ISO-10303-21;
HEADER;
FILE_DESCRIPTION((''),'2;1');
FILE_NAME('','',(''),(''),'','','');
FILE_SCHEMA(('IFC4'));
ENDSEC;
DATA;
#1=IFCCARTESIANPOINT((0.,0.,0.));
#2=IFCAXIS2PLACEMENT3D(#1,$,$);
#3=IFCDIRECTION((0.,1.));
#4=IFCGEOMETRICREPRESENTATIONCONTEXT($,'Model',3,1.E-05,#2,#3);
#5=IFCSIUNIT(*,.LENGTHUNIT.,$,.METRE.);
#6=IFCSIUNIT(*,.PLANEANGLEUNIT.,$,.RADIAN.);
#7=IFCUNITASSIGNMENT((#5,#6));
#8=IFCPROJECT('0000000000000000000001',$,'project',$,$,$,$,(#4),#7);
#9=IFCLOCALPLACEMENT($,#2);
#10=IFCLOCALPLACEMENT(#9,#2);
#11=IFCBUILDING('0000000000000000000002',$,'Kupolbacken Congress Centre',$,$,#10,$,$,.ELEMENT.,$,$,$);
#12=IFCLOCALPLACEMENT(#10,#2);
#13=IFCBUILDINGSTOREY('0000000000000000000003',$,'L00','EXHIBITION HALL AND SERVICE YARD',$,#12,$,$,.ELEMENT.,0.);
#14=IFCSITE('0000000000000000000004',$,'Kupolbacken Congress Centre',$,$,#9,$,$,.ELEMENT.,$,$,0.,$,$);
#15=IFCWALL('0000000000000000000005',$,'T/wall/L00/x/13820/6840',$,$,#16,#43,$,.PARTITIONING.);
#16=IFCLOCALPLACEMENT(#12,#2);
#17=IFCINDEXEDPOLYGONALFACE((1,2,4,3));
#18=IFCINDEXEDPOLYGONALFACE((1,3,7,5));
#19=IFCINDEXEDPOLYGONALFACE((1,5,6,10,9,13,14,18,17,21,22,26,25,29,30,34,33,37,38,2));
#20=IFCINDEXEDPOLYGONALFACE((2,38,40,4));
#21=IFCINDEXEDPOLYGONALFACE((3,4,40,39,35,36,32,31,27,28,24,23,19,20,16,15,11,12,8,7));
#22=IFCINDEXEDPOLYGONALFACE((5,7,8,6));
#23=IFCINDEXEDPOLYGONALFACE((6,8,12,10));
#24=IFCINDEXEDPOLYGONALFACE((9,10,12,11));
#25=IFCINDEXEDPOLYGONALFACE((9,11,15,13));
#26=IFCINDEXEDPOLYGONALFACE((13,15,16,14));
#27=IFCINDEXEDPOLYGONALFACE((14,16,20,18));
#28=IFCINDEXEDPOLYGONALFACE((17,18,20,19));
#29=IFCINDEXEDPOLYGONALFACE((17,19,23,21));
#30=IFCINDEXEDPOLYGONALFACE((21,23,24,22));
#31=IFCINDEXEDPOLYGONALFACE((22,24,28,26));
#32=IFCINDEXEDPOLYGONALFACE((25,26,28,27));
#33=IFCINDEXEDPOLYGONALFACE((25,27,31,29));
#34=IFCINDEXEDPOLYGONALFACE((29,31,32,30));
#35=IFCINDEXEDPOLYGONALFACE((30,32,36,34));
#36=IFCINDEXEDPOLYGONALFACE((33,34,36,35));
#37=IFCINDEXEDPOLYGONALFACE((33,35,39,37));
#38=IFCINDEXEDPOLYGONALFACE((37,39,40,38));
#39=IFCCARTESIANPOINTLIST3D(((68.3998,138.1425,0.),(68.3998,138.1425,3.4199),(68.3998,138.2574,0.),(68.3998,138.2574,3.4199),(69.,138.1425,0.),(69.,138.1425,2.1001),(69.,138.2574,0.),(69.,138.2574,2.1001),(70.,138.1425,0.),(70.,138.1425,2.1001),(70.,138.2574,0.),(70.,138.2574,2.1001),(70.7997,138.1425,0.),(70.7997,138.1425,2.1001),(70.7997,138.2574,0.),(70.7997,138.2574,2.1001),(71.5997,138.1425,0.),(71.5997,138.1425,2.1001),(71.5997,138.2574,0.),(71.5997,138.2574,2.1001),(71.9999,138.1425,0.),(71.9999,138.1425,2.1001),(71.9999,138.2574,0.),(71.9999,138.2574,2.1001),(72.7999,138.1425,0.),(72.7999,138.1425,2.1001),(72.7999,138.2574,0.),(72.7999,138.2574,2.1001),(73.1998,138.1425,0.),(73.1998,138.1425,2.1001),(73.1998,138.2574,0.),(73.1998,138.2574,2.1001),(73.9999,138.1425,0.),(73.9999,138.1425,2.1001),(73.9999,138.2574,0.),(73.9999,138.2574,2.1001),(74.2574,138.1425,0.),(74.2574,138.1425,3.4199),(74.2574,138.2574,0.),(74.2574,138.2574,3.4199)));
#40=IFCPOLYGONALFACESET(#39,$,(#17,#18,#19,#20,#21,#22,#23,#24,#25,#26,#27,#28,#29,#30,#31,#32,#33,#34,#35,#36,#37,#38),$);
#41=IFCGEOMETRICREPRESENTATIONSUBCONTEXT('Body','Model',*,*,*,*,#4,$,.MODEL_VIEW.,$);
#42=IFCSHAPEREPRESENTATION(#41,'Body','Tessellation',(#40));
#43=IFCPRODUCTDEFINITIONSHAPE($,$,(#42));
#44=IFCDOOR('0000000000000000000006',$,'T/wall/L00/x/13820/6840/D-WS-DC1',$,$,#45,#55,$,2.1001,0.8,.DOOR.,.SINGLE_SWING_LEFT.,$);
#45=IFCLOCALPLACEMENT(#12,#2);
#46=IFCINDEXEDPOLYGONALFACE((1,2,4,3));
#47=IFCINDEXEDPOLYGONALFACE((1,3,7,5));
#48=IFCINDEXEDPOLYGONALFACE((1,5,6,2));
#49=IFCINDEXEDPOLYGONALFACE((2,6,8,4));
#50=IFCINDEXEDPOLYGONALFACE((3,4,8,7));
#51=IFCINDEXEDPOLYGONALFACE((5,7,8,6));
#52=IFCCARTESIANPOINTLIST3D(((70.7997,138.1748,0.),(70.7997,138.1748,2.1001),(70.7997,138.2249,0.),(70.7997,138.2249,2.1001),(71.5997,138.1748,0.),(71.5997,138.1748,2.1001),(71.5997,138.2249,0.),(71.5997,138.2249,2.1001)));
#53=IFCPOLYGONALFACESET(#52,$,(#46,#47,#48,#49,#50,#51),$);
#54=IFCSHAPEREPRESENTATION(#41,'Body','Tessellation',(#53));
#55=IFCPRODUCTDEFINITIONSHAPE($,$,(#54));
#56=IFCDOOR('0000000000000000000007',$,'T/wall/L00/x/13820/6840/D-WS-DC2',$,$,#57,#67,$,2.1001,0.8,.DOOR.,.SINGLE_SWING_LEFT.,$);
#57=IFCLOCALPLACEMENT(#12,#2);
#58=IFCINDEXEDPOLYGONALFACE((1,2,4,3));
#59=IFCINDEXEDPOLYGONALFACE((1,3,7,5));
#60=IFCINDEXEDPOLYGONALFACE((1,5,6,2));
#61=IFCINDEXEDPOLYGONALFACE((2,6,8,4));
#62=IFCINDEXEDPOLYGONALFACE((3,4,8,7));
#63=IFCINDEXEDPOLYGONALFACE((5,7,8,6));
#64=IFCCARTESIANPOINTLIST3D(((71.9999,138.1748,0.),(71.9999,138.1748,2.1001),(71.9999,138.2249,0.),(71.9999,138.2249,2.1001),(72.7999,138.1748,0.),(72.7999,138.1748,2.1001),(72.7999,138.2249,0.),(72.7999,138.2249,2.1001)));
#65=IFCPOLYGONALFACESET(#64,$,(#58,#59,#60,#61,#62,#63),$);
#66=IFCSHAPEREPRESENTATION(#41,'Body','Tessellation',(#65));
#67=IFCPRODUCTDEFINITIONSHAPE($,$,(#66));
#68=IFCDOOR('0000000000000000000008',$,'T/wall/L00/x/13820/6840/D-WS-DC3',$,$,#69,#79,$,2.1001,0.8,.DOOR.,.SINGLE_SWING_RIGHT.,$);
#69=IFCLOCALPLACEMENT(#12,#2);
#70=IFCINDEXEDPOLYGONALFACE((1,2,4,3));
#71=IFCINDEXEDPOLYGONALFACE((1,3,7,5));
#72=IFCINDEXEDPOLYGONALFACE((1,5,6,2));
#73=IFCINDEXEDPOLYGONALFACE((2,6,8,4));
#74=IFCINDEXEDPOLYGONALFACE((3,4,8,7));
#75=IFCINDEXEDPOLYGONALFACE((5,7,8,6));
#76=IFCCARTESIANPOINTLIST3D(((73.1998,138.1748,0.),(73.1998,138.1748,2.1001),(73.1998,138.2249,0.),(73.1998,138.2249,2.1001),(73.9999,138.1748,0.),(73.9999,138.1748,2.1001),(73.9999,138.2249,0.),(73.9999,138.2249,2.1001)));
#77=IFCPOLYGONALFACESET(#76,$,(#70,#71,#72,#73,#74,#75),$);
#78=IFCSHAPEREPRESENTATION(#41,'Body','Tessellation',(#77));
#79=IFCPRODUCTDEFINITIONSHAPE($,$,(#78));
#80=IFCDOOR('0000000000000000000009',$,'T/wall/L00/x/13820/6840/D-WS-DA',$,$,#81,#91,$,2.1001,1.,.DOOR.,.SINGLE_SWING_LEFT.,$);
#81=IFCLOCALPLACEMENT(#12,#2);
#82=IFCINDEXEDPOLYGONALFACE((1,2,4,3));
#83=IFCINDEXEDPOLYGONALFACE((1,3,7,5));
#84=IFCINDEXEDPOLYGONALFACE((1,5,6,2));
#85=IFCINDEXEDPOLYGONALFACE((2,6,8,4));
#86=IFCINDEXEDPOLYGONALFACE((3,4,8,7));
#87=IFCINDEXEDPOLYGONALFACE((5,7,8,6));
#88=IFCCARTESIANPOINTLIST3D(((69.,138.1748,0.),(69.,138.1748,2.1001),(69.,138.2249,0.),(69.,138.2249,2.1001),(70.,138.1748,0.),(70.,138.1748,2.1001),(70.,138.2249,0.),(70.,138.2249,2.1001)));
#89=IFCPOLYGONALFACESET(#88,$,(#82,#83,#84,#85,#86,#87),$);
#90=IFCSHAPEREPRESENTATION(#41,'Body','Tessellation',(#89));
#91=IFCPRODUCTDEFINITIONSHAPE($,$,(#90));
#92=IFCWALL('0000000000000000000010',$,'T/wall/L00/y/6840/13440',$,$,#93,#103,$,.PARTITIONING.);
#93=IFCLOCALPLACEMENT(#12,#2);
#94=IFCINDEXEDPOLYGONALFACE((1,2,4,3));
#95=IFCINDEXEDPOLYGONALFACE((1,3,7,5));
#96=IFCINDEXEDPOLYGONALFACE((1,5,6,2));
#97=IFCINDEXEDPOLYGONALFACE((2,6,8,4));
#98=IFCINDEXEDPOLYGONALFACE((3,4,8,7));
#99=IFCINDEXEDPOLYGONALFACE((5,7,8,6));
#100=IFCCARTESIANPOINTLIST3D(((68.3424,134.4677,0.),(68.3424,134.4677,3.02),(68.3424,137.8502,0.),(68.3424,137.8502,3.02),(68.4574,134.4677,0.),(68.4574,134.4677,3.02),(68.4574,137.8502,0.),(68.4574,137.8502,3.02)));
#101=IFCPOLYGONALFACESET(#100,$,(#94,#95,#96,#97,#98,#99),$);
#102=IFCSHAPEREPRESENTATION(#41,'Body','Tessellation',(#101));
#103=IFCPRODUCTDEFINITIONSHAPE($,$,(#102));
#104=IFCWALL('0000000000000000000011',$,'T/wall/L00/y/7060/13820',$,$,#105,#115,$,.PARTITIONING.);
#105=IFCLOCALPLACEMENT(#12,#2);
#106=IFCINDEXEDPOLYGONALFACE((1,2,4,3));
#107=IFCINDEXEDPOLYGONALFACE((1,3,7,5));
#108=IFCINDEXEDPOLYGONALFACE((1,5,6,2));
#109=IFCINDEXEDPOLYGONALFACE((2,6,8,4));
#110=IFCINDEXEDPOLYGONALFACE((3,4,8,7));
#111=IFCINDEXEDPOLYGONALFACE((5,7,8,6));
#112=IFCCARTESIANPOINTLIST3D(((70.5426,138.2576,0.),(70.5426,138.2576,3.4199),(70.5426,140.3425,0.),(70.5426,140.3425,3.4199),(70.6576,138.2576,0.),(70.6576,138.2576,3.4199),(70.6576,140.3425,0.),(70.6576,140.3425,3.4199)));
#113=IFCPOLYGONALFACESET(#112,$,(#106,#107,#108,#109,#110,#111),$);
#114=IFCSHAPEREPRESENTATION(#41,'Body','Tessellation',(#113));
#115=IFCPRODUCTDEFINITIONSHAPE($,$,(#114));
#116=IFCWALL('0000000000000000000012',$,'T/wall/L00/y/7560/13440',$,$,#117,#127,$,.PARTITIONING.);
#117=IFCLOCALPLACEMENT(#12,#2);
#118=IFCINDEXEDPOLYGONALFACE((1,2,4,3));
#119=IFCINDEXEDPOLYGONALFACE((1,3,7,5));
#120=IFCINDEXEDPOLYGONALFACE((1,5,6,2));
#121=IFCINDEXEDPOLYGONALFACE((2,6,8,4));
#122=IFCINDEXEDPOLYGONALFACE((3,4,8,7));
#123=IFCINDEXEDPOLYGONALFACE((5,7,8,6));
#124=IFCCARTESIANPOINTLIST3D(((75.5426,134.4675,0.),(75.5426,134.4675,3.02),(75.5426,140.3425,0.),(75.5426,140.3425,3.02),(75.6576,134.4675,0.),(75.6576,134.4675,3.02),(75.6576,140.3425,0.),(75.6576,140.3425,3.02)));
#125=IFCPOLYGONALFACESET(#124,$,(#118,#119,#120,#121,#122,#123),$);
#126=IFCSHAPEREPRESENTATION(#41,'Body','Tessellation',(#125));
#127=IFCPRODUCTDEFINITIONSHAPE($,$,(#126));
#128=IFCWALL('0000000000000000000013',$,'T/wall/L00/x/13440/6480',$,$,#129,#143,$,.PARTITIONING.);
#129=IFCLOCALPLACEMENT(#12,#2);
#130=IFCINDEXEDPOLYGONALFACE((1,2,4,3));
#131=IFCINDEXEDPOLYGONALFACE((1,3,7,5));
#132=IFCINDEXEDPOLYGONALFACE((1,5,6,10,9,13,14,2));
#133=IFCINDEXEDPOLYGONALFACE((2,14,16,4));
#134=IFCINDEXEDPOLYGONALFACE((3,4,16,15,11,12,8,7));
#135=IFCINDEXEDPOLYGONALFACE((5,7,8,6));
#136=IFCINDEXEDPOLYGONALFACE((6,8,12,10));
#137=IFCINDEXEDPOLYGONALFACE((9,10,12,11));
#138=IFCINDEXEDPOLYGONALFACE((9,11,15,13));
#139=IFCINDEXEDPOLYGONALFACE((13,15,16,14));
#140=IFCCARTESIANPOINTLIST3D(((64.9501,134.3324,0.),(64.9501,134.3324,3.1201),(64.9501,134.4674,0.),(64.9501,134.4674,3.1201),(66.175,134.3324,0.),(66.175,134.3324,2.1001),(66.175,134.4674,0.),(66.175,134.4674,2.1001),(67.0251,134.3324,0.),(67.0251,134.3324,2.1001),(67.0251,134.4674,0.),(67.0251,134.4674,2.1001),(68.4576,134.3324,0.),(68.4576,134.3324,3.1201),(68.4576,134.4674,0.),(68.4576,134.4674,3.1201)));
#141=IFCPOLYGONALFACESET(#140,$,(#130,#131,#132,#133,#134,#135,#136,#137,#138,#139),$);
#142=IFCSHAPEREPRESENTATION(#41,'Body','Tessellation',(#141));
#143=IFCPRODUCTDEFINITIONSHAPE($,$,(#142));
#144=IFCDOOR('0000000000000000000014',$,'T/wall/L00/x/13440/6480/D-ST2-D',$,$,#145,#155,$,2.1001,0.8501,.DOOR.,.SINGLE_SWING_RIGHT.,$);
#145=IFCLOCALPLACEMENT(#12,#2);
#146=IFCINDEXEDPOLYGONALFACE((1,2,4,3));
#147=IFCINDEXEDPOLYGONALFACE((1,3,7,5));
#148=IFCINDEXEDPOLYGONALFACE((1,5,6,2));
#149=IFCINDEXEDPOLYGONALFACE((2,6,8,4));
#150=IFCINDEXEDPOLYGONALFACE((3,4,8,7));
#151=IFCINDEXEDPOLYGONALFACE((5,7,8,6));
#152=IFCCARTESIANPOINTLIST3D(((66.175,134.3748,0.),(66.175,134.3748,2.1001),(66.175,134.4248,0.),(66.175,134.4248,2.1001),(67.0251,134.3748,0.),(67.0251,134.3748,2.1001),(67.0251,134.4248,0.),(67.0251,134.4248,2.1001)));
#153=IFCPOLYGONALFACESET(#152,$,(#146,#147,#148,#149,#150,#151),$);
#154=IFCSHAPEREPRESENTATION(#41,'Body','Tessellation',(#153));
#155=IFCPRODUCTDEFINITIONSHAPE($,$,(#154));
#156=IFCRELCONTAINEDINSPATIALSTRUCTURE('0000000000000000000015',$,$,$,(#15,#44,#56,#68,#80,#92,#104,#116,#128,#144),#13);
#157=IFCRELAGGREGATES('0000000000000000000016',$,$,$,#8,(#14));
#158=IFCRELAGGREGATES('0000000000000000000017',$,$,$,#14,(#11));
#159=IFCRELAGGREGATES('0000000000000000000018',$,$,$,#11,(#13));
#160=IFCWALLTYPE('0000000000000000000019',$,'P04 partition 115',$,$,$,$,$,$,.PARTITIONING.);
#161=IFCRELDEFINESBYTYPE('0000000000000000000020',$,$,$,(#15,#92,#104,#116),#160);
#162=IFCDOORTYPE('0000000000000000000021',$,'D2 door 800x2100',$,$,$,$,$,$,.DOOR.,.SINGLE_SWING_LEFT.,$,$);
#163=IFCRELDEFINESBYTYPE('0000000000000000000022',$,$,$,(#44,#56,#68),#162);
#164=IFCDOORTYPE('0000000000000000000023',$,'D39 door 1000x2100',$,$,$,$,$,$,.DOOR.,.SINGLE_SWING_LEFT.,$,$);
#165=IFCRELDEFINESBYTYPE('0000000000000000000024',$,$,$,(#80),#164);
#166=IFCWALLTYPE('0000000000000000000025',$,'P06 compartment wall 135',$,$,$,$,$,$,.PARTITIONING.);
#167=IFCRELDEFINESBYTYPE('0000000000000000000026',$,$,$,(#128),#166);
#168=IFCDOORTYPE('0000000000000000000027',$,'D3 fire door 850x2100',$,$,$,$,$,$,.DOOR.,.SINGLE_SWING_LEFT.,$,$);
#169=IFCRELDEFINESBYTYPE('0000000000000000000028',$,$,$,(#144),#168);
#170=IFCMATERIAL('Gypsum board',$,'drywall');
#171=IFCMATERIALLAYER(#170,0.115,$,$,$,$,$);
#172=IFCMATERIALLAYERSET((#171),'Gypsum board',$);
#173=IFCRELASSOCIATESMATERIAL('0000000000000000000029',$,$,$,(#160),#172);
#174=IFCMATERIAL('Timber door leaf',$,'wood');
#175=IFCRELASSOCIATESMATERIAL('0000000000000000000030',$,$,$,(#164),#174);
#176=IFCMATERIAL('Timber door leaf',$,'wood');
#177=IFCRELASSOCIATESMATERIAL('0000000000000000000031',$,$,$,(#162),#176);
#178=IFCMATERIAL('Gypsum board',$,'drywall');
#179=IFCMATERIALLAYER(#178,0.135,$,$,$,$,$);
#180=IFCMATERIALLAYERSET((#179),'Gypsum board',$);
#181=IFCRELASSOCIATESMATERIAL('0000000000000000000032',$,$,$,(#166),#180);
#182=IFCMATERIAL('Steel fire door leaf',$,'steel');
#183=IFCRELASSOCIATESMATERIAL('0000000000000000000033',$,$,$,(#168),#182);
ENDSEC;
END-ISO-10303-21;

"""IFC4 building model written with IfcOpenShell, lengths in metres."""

from ifc_helpers import new_model, si_unit, direction, frame, frame_2d, origin, place, context, subcontext, project, spatial, rectangle, extrude, material, layer, layer_set, type_object, element, fill, save


model = new_model("IFC4")

# Units and contexts
model_context = context("Model", 3, precision=1e-05, world=origin(), true_north=direction((0.0, 1.0)))
body_context = subcontext(model_context, "Body", "Model", "MODEL_VIEW")
ifc_project = project(units=[si_unit("LENGTHUNIT", "METRE"), si_unit("PLANEANGLEUNIT", "RADIAN")], contexts=[model_context])

# Site, building, storey
site_placement = place(None, origin())
site = spatial("IfcSite", under=ifc_project, at=site_placement, Name="Kupolbacken Congress Centre", CompositionType="ELEMENT", RefElevation=0.0)
building_placement = place(site_placement, origin())
building = spatial("IfcBuilding", under=site, at=building_placement, Name="Kupolbacken Congress Centre", CompositionType="ELEMENT")
storey_placement = place(building_placement, origin())
storey = spatial("IfcBuildingStorey", under=building, at=storey_placement, Name="L00", Description="EXHIBITION HALL AND SERVICE YARD", CompositionType="ELEMENT", Elevation=0.0)

# Shared definitions
ifc_material_1 = material(Name="Gypsum board", Category="drywall")
ifc_layer_1 = layer(ifc_material_1, 0.115)
ifc_layer_set_1 = layer_set([ifc_layer_1], Name="Gypsum board")
wall_type_1 = type_object("IfcWallType", Name="P04 partition 115", PredefinedType="PARTITIONING", material=ifc_layer_set_1)
ifc_material_2 = material(Name="Timber door leaf", Category="wood")
door_type_1 = type_object("IfcDoorType", Name="D39 door 1000x2100", OperationType="SINGLE_SWING_LEFT", PredefinedType="DOOR", material=ifc_material_2)

# Wall, openings, doors
wall_1_placement = place(storey_placement, frame((68.3999, 138.2, 0.0), z_axis=(0.0, 0.0, 1.0), x_axis=(1.0, 0.0, 0.0)))
wall_1 = element("IfcWall", 1, at=wall_1_placement, inside=storey, type_object=wall_type_1, Name="T/wall/L00/x/13820/6840", PredefinedType="PARTITIONING", context=body_context, shape_type="SweptSolid", body=[
    extrude(rectangle(XDim=5.8577, YDim=0.115, at=frame_2d((2.9287, 0.0))), origin(), (0.0, 0.0, 1.0), 3.4199),
])
opening_1_placement = place(wall_1_placement, frame((0.6001, 0.0, 0.0)))
opening_1 = element("IfcOpeningElement", 2, at=opening_1_placement, cuts=wall_1, PredefinedType="OPENING", context=body_context, shape_type="SweptSolid", body=[
    extrude(rectangle(XDim=1.0, YDim=2.1001, at=frame_2d((0.5, 1.05))), frame((0.0, 0.0674, 0.0), z_axis=(0.0, -1.0, 0.0), x_axis=(1.0, 0.0, 0.0)), (0.0, 0.0, 1.0), 0.135),
])
opening_2_placement = place(wall_1_placement, frame((2.3999, 0.0, 0.0)))
opening_2 = element("IfcOpeningElement", 3, at=opening_2_placement, cuts=wall_1, PredefinedType="OPENING", context=body_context, shape_type="SweptSolid", body=[
    extrude(rectangle(XDim=0.8, YDim=2.1001, at=frame_2d((0.3999, 1.05))), frame((0.0, 0.0674, 0.0), z_axis=(0.0, -1.0, 0.0), x_axis=(1.0, 0.0, 0.0)), (0.0, 0.0, 1.0), 0.135),
])
opening_3_placement = place(wall_1_placement, frame((3.6001, 0.0, 0.0)))
opening_3 = element("IfcOpeningElement", 4, at=opening_3_placement, cuts=wall_1, PredefinedType="OPENING", context=body_context, shape_type="SweptSolid", body=[
    extrude(rectangle(XDim=0.8, YDim=2.1001, at=frame_2d((0.3999, 1.05))), frame((0.0, 0.0674, 0.0), z_axis=(0.0, -1.0, 0.0), x_axis=(1.0, 0.0, 0.0)), (0.0, 0.0, 1.0), 0.135),
])
opening_4_placement = place(wall_1_placement, frame((4.8, 0.0, 0.0)))
opening_4 = element("IfcOpeningElement", 5, at=opening_4_placement, cuts=wall_1, PredefinedType="OPENING", context=body_context, shape_type="SweptSolid", body=[
    extrude(rectangle(XDim=0.8, YDim=2.1001, at=frame_2d((0.3999, 1.05))), frame((0.0, 0.0674, 0.0), z_axis=(0.0, -1.0, 0.0), x_axis=(1.0, 0.0, 0.0)), (0.0, 0.0, 1.0), 0.135),
])
ifc_material_3 = material(Name="Timber door leaf", Category="wood")
door_type_2 = type_object("IfcDoorType", Name="D2 door 800x2100", OperationType="SINGLE_SWING_LEFT", PredefinedType="DOOR", material=ifc_material_3)
door_1_placement = place(opening_2_placement, origin())
door_1 = element("IfcDoor", 6, at=door_1_placement, inside=storey, type_object=door_type_2, Name="T/wall/L00/x/13820/6840/D-WS-DC1", OperationType="SINGLE_SWING_LEFT", OverallHeight=2.1001, OverallWidth=0.8, PredefinedType="DOOR", context=body_context, shape_type="SweptSolid", body=[
    extrude(rectangle(XDim=0.8, YDim=2.1001, at=frame_2d((0.3999, 1.05))), frame((0.0, 0.0249, 0.0), z_axis=(0.0, -1.0, 0.0), x_axis=(1.0, 0.0, 0.0)), (0.0, 0.0, 1.0), 0.05),
])
fill(opening_2, door_1)
door_2_placement = place(opening_3_placement, origin())
door_2 = element("IfcDoor", 7, at=door_2_placement, inside=storey, type_object=door_type_2, Name="T/wall/L00/x/13820/6840/D-WS-DC2", OperationType="SINGLE_SWING_LEFT", OverallHeight=2.1001, OverallWidth=0.8, PredefinedType="DOOR", context=body_context, shape_type="SweptSolid", body=[
    extrude(rectangle(XDim=0.8, YDim=2.1001, at=frame_2d((0.3999, 1.05))), frame((0.0, 0.0249, 0.0), z_axis=(0.0, -1.0, 0.0), x_axis=(1.0, 0.0, 0.0)), (0.0, 0.0, 1.0), 0.05),
])
fill(opening_3, door_2)
door_3_placement = place(opening_4_placement, origin())
door_3 = element("IfcDoor", 8, at=door_3_placement, inside=storey, type_object=door_type_2, Name="T/wall/L00/x/13820/6840/D-WS-DC3", OperationType="SINGLE_SWING_RIGHT", OverallHeight=2.1001, OverallWidth=0.8, PredefinedType="DOOR", context=body_context, shape_type="SweptSolid", body=[
    extrude(rectangle(XDim=0.8, YDim=2.1001, at=frame_2d((0.3999, 1.05))), frame((0.0, 0.0249, 0.0), z_axis=(0.0, -1.0, 0.0), x_axis=(1.0, 0.0, 0.0)), (0.0, 0.0, 1.0), 0.05),
])
fill(opening_4, door_3)
door_4_placement = place(opening_1_placement, origin())
door_4 = element("IfcDoor", 9, at=door_4_placement, inside=storey, type_object=door_type_1, Name="T/wall/L00/x/13820/6840/D-WS-DA", OperationType="SINGLE_SWING_LEFT", OverallHeight=2.1001, OverallWidth=1.0, PredefinedType="DOOR", context=body_context, shape_type="SweptSolid", body=[
    extrude(rectangle(XDim=1.0, YDim=2.1001, at=frame_2d((0.5, 1.05))), frame((0.0, 0.0249, 0.0), z_axis=(0.0, -1.0, 0.0), x_axis=(1.0, 0.0, 0.0)), (0.0, 0.0, 1.0), 0.05),
])
fill(opening_1, door_4)

# Walls
wall_2_placement = place(storey_placement, frame((68.3999, 134.4675, 0.0), z_axis=(0.0, 0.0, 1.0), x_axis=(0.0, 1.0, 0.0)))
element("IfcWall", 10, at=wall_2_placement, inside=storey, type_object=wall_type_1, Name="T/wall/L00/y/6840/13440", PredefinedType="PARTITIONING", context=body_context, shape_type="SweptSolid", body=[
    extrude(rectangle(XDim=3.3826, YDim=0.115, at=frame_2d((1.6914, 0.0))), origin(), (0.0, 0.0, 1.0), 3.02),
])
wall_3_placement = place(storey_placement, frame((70.6001, 138.2576, 0.0), z_axis=(0.0, 0.0, 1.0), x_axis=(0.0, 1.0, 0.0)))
element("IfcWall", 11, at=wall_3_placement, inside=storey, type_object=wall_type_1, Name="T/wall/L00/y/7060/13820", PredefinedType="PARTITIONING", context=body_context, shape_type="SweptSolid", body=[
    extrude(rectangle(XDim=2.085, YDim=0.115, at=frame_2d((1.0425, 0.0))), origin(), (0.0, 0.0, 1.0), 3.4199),
])
wall_4_placement = place(storey_placement, frame((75.6001, 134.4675, 0.0), z_axis=(0.0, 0.0, 1.0), x_axis=(0.0, 1.0, 0.0)))
element("IfcWall", 12, at=wall_4_placement, inside=storey, type_object=wall_type_1, Name="T/wall/L00/y/7560/13440", PredefinedType="PARTITIONING", context=body_context, shape_type="SweptSolid", body=[
    extrude(rectangle(XDim=5.875, YDim=0.115, at=frame_2d((2.9375, 0.0))), origin(), (0.0, 0.0, 1.0), 3.02),
])

# Wall, opening, door
ifc_material_4 = material(Name="Gypsum board", Category="drywall")
ifc_layer_2 = layer(ifc_material_4, 0.135)
ifc_layer_set_2 = layer_set([ifc_layer_2], Name="Gypsum board")
wall_type_2 = type_object("IfcWallType", Name="P06 compartment wall 135", PredefinedType="PARTITIONING", material=ifc_layer_set_2)
wall_5_placement = place(storey_placement, frame((64.95, 134.3999, 0.0), z_axis=(0.0, 0.0, 1.0), x_axis=(1.0, 0.0, 0.0)))
wall_5 = element("IfcWall", 13, at=wall_5_placement, inside=storey, type_object=wall_type_2, Name="T/wall/L00/x/13440/6480", PredefinedType="PARTITIONING", context=body_context, shape_type="SweptSolid", body=[
    extrude(rectangle(XDim=3.5076, YDim=0.135, at=frame_2d((1.7539, 0.0))), origin(), (0.0, 0.0, 1.0), 3.1201),
])
opening_5_placement = place(wall_5_placement, frame((1.2251, 0.0, 0.0)))
opening_5 = element("IfcOpeningElement", 14, at=opening_5_placement, cuts=wall_5, PredefinedType="OPENING", context=body_context, shape_type="SweptSolid", body=[
    extrude(rectangle(XDim=0.8501, YDim=2.1001, at=frame_2d((0.425, 1.05))), frame((0.0, 0.0774, 0.0), z_axis=(0.0, -1.0, 0.0), x_axis=(1.0, 0.0, 0.0)), (0.0, 0.0, 1.0), 0.155),
])
ifc_material_5 = material(Name="Steel fire door leaf", Category="steel")
door_type_3 = type_object("IfcDoorType", Name="D3 fire door 850x2100", OperationType="SINGLE_SWING_LEFT", PredefinedType="DOOR", material=ifc_material_5)
door_5_placement = place(opening_5_placement, origin())
door_5 = element("IfcDoor", 15, at=door_5_placement, inside=storey, type_object=door_type_3, Name="T/wall/L00/x/13440/6480/D-ST2-D", OperationType="SINGLE_SWING_RIGHT", OverallHeight=2.1001, OverallWidth=0.8501, PredefinedType="DOOR", context=body_context, shape_type="SweptSolid", body=[
    extrude(rectangle(XDim=0.8501, YDim=2.1001, at=frame_2d((0.425, 1.05))), frame((0.0, 0.0249, 0.0), z_axis=(0.0, -1.0, 0.0), x_axis=(1.0, 0.0, 0.0)), (0.0, 0.0, 1.0), 0.05),
])
fill(opening_5, door_5)

save(model, "model.ifc")
